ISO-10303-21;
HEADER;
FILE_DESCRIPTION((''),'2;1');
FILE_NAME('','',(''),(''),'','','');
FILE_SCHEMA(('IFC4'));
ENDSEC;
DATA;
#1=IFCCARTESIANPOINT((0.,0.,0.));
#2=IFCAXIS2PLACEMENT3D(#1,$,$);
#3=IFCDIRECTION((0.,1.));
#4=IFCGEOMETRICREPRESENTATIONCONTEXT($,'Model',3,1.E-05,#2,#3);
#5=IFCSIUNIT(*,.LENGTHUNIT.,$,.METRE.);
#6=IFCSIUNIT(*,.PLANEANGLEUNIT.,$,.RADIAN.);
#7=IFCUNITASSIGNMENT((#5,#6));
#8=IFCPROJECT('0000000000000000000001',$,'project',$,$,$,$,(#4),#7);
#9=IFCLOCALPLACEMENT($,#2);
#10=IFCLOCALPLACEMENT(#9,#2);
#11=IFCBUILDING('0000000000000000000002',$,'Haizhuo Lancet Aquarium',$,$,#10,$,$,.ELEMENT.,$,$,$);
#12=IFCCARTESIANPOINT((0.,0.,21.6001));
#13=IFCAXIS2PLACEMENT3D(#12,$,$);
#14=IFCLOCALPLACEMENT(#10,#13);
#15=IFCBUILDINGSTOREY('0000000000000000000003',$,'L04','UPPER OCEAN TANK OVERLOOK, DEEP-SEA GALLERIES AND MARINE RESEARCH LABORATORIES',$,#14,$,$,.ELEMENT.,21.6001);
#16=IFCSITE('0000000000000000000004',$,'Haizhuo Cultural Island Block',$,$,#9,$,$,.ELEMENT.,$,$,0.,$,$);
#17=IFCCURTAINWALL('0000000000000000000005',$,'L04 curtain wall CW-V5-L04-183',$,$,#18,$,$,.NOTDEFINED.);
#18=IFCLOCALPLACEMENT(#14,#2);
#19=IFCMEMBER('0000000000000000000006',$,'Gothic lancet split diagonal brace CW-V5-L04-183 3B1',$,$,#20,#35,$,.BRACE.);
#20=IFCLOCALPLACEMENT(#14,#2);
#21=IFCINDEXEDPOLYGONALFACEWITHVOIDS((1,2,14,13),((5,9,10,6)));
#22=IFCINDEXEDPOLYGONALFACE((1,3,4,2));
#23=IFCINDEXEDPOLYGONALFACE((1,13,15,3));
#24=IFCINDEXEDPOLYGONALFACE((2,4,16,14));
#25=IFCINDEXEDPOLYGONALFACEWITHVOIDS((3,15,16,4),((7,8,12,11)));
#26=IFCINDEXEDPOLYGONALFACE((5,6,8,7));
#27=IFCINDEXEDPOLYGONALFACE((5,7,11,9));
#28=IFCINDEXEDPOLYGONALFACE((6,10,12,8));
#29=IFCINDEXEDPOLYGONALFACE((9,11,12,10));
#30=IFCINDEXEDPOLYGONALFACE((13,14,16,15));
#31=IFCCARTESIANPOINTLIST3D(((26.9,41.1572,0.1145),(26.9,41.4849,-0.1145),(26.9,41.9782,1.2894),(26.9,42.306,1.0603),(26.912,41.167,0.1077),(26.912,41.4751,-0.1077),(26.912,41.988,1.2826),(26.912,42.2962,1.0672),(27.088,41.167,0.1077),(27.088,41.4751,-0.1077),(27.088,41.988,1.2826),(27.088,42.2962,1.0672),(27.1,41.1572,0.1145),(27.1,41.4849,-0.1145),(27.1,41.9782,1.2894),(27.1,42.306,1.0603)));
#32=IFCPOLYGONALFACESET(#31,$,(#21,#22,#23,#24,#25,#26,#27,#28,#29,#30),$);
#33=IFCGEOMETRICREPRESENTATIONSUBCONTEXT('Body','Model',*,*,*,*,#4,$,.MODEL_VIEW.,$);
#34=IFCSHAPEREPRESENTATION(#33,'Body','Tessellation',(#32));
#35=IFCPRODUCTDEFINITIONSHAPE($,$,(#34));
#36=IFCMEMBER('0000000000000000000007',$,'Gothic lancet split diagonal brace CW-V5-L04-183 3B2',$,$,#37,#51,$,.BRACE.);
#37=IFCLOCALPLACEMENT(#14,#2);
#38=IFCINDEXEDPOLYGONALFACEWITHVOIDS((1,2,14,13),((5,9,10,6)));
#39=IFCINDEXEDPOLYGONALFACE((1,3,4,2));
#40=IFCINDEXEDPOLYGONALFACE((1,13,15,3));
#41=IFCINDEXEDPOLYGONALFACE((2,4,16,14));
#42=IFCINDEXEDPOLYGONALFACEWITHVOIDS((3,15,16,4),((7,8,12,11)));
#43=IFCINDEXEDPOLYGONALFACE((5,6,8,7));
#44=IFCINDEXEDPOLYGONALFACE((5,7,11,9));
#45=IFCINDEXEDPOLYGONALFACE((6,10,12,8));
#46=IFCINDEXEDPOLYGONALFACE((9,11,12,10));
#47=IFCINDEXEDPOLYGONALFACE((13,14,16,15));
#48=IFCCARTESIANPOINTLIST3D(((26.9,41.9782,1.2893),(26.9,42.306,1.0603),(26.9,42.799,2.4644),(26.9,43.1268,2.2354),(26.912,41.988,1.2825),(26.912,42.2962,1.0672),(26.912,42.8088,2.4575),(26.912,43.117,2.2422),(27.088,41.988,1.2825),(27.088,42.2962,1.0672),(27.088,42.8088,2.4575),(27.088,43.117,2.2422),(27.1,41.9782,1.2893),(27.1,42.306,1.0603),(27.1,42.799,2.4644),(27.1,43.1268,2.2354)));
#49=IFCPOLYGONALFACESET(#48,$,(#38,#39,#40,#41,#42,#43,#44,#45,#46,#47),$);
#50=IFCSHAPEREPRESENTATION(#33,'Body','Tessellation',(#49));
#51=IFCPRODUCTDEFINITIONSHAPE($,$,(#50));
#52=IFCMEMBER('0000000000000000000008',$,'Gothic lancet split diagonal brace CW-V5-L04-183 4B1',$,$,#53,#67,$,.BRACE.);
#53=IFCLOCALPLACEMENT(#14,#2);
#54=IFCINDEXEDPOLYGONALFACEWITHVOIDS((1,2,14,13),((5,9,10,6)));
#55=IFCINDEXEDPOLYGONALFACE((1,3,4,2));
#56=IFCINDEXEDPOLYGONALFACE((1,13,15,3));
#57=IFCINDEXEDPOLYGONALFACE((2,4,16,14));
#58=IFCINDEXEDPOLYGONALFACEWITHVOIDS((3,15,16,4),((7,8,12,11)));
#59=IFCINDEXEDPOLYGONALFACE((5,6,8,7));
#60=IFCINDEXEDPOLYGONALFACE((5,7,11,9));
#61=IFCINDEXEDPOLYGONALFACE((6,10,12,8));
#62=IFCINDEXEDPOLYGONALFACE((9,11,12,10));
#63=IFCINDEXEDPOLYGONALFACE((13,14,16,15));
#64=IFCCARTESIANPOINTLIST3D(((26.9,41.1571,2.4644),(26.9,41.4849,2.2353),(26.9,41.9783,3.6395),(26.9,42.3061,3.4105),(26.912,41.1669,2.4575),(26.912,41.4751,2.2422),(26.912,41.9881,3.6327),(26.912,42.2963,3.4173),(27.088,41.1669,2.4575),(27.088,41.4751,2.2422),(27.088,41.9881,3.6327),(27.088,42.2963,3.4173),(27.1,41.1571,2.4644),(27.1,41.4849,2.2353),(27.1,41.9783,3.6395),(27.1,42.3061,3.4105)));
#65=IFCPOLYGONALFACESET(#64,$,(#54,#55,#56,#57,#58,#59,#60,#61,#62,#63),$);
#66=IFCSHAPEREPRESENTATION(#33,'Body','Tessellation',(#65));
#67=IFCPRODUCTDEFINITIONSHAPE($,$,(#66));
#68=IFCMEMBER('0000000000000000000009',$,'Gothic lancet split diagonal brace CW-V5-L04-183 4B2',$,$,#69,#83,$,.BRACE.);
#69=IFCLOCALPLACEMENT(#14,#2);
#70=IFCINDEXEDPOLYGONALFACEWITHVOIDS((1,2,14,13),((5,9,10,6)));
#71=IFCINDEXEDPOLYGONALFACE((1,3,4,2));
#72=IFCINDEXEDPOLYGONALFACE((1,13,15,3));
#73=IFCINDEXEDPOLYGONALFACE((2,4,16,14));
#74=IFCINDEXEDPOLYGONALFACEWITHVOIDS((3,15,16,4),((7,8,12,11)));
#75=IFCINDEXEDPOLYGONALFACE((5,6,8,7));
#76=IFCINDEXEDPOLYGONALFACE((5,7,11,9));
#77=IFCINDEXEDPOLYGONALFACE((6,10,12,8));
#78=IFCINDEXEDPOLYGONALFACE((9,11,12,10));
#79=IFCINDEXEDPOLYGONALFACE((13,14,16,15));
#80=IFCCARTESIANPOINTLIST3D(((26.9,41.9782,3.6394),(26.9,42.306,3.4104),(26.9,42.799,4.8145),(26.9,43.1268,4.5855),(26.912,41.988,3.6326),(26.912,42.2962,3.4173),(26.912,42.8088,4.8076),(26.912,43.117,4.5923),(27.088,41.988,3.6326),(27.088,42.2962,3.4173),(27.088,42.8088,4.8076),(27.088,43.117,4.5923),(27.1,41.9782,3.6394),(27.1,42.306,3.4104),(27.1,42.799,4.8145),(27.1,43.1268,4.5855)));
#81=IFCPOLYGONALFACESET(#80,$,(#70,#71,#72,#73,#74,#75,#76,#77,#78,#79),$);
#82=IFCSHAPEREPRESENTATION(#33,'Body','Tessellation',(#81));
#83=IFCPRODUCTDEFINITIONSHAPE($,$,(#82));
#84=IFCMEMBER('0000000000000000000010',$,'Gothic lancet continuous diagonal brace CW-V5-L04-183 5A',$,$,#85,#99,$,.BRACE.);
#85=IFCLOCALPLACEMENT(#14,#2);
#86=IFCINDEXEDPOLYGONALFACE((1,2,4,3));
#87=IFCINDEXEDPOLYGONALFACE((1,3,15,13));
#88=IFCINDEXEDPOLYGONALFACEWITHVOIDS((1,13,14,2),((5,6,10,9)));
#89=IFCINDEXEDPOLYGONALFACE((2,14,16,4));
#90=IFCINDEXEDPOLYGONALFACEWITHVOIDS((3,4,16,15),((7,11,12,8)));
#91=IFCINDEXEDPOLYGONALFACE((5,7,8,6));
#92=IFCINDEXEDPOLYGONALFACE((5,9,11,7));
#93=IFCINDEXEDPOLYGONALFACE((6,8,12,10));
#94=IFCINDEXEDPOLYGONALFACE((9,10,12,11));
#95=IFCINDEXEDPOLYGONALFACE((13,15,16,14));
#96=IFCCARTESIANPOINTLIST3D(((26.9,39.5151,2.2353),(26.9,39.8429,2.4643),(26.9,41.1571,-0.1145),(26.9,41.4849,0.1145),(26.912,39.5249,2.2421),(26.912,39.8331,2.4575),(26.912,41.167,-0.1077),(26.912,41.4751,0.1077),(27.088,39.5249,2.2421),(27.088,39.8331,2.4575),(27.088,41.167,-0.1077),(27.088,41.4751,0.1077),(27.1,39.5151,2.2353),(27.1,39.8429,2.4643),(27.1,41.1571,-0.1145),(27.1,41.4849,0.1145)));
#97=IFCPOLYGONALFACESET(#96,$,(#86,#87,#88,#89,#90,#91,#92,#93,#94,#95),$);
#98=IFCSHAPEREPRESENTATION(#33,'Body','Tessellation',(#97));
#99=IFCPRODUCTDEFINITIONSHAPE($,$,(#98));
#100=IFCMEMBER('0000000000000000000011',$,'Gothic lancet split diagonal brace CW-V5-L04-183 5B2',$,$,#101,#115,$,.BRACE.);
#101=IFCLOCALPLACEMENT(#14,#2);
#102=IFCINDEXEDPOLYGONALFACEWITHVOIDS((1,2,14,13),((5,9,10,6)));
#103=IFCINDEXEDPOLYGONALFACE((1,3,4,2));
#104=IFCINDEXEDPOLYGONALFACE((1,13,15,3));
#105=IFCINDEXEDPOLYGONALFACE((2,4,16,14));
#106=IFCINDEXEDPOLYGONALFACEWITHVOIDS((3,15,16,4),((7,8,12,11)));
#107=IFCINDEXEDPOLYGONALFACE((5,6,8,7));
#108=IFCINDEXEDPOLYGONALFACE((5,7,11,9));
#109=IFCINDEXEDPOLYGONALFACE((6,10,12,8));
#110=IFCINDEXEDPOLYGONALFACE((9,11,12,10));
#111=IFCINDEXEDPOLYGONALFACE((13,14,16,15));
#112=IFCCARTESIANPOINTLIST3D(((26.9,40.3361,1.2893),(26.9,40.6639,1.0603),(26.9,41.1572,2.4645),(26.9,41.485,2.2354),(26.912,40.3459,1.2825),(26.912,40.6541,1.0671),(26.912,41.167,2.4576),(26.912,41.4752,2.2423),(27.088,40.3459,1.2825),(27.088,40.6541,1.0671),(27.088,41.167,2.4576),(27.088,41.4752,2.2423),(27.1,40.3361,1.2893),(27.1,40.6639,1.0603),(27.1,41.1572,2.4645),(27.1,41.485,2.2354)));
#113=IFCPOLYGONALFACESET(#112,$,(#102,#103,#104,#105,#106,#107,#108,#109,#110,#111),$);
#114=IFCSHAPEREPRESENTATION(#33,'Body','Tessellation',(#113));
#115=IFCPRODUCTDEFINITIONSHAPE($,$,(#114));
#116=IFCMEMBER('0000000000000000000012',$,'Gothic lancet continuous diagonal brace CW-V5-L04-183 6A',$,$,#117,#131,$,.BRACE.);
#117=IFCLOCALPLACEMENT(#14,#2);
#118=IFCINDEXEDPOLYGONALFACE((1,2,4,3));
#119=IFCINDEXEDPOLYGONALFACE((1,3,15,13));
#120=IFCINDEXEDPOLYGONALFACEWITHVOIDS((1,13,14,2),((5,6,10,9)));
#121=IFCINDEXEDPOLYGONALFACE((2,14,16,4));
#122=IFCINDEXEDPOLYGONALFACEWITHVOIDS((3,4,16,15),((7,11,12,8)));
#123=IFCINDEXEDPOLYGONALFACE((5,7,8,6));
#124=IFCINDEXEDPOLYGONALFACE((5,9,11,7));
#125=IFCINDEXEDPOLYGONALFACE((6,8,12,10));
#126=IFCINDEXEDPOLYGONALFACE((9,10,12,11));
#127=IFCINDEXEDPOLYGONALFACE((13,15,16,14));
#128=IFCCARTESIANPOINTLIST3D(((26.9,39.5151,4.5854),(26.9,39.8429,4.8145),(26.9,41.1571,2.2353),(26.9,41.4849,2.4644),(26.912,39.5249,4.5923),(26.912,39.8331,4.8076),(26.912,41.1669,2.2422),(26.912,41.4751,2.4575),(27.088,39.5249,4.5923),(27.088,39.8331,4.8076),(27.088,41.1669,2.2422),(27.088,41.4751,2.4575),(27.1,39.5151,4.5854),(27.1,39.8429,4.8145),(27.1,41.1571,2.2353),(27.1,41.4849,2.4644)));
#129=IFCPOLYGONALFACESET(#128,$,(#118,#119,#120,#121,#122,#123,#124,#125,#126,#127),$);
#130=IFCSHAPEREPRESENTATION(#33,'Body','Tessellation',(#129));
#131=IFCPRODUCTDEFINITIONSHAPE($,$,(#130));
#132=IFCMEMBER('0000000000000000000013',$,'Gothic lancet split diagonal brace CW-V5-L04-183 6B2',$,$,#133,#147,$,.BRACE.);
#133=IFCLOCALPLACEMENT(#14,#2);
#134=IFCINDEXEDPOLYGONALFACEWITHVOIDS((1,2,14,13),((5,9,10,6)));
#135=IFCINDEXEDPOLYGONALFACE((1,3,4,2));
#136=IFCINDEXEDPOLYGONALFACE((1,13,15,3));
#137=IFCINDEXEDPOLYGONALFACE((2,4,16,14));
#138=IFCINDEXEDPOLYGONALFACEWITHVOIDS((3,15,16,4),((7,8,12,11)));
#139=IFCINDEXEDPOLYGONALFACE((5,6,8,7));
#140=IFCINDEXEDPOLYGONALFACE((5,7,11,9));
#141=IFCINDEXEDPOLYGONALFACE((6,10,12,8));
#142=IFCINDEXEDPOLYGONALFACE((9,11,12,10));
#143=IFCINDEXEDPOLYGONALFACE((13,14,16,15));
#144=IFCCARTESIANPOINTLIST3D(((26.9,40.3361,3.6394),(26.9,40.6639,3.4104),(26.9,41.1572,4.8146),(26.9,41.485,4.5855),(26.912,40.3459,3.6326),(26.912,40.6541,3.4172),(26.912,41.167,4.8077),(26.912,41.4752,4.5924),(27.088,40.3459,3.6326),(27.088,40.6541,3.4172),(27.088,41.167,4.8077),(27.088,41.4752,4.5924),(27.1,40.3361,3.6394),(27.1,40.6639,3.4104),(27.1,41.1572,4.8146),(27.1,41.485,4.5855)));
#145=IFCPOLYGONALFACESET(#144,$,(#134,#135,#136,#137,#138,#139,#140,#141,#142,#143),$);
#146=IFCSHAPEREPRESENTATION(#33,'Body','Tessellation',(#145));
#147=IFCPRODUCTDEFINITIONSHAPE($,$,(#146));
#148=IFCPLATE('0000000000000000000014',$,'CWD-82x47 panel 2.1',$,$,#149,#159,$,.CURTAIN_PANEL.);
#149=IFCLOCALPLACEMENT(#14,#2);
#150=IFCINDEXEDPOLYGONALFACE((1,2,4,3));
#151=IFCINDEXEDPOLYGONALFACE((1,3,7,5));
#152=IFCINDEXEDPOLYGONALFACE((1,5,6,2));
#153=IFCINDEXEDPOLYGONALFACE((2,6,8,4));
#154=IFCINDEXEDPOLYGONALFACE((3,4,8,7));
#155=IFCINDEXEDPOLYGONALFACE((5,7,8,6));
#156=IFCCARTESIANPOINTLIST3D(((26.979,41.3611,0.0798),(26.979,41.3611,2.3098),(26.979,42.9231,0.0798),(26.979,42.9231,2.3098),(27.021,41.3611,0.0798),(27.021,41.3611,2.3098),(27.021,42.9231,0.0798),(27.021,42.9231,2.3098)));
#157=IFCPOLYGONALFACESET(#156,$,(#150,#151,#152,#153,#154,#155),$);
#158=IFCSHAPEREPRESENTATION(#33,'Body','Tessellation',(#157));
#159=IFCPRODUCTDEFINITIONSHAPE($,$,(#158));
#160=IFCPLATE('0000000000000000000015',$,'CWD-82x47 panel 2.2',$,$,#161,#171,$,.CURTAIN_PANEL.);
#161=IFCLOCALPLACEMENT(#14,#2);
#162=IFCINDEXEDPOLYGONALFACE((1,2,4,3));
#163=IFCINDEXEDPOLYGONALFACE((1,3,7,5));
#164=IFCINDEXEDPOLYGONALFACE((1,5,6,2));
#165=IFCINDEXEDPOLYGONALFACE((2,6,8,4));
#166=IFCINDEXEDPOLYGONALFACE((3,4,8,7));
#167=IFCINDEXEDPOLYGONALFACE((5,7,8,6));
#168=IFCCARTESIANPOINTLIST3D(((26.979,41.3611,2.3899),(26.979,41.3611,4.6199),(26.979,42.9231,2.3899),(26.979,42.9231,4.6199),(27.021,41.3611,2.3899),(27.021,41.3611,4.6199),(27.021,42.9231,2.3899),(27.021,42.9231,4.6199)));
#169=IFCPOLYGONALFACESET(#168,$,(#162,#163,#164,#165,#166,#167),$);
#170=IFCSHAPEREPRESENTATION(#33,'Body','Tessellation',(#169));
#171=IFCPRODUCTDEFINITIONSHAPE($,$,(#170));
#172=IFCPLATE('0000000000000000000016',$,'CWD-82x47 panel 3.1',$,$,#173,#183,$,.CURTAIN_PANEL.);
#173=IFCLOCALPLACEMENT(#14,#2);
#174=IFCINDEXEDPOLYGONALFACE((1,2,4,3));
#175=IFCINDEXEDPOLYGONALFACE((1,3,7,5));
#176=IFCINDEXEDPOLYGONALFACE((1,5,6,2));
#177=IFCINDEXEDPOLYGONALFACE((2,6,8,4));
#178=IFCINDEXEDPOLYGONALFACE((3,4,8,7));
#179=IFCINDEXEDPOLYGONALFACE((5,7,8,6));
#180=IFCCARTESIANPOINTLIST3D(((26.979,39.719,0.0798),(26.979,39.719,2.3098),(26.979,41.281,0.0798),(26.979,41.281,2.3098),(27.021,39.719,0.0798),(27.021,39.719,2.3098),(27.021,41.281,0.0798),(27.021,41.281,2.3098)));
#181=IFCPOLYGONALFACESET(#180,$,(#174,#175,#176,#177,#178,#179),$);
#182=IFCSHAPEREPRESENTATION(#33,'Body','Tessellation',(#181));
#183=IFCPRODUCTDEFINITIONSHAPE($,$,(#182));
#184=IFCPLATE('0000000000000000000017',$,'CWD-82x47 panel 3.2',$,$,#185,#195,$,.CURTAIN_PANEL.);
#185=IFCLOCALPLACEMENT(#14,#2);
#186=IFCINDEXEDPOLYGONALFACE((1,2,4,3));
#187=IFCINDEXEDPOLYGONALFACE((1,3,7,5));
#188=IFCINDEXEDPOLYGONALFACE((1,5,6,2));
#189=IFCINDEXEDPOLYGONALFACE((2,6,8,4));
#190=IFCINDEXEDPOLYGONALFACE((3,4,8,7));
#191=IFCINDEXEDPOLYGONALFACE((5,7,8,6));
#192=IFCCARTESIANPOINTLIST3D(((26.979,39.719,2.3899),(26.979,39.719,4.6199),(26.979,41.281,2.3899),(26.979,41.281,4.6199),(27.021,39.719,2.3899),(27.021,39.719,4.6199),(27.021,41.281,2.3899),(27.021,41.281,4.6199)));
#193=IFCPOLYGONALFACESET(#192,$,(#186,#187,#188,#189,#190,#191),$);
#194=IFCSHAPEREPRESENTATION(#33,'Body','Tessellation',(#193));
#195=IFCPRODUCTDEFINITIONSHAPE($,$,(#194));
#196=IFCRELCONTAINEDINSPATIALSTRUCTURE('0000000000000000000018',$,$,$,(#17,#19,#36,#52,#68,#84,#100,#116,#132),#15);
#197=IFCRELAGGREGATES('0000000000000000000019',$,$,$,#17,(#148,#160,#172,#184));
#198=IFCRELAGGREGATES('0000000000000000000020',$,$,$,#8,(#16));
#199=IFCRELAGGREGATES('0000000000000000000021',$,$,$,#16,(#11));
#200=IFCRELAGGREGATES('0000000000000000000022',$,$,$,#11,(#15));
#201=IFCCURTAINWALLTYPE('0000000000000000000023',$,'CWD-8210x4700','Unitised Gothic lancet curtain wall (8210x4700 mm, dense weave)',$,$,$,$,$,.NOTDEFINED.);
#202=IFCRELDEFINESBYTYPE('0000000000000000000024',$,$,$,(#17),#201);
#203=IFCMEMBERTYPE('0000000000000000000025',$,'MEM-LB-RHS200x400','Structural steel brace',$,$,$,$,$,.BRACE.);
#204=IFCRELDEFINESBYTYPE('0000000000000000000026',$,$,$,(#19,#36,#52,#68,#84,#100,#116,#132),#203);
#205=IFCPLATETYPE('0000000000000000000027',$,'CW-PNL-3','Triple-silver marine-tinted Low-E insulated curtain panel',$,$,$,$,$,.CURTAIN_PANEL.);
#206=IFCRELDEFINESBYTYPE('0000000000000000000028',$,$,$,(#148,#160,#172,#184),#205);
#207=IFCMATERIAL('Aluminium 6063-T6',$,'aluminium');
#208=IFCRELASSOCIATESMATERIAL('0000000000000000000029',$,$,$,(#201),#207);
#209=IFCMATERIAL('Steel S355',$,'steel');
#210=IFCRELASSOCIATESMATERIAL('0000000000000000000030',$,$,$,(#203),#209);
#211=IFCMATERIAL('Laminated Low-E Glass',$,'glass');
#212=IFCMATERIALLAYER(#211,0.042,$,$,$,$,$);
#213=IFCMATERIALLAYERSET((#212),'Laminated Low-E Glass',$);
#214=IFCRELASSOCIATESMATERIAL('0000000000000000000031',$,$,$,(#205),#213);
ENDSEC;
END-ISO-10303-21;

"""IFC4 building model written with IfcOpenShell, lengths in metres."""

from ifc_helpers import new_model, si_unit, direction, frame, origin, origin_2d, place, context, subcontext, project, spatial, rectangle, hollow_rectangle, extrude, material, layer, layer_set, material_profile, profile_set, type_object, element, aggregate, save


model = new_model("IFC4")

# Units and contexts
model_context = context("Model", 3, precision=1e-05, world=origin(), true_north=direction((0.0, 1.0)))
body_context = subcontext(model_context, "Body", "Model", "MODEL_VIEW")
ifc_project = project(units=[si_unit("LENGTHUNIT", "METRE"), si_unit("PLANEANGLEUNIT", "RADIAN")], contexts=[model_context])

# Site, building, storey
site_placement = place(None, origin())
site = spatial("IfcSite", under=ifc_project, at=site_placement, Name="Haizhuo Cultural Island Block", CompositionType="ELEMENT", RefElevation=0.0)
building_placement = place(site_placement, origin())
building = spatial("IfcBuilding", under=site, at=building_placement, Name="Haizhuo Lancet Aquarium", CompositionType="ELEMENT")
storey_placement = place(building_placement, frame((0.0, 0.0, 21.6001)))
storey = spatial("IfcBuildingStorey", under=building, at=storey_placement, Name="L04", Description="UPPER OCEAN TANK OVERLOOK, DEEP-SEA GALLERIES AND MARINE RESEARCH LABORATORIES", CompositionType="ELEMENT", Elevation=21.6001)

# Curtain wall
ifc_material_1 = material(Name="Aluminium 6063-T6", Category="aluminium")
curtain_wall_type = type_object("IfcCurtainWallType", Name="CWD-8210x4700", Description="Unitised Gothic lancet curtain wall (8210x4700 mm, dense weave)", PredefinedType="NOTDEFINED", material=ifc_material_1)
curtain_wall_placement = place(storey_placement, origin())
curtain_wall = element("IfcCurtainWall", 1, at=curtain_wall_placement, inside=storey, type_object=curtain_wall_type, Name="L04 curtain wall CW-V5-L04-183", PredefinedType="NOTDEFINED")

# Members
ifc_material_2 = material(Name="Steel S355", Category="steel")
ifc_material_profile_1 = material_profile(ifc_material_2, hollow_rectangle(XDim=0.2, YDim=0.3999, WallThickness=0.012, at=origin_2d()), Name="RHS 200x400x12")
ifc_profile_set_1 = profile_set([ifc_material_profile_1], Name="Steel S355")
member_type_1 = type_object("IfcMemberType", Name="MEM-LB-RHS200x400", Description="Structural steel brace", PredefinedType="BRACE", material=ifc_profile_set_1)
for number, where, z_axis, x_axis, name in (
    (2, (27.0, 41.321, 0.0), (0.0, 0.572845, 0.819664), (-1.0, 0.0, 0.0), "Gothic lancet split diagonal brace CW-V5-L04-183 3B1"),
    (3, (27.0, 42.1421, 1.1748), (0.0, 0.57265, 0.8198), (-1.0, 0.0, 0.0), "Gothic lancet split diagonal brace CW-V5-L04-183 3B2"),
):
    element("IfcMember", number, at=place(storey_placement, frame(where, z_axis=z_axis, x_axis=x_axis)), inside=storey, type_object=member_type_1, Name=name, PredefinedType="BRACE", context=body_context, shape_type="SweptSolid", body=[
        extrude(hollow_rectangle(XDim=0.2, YDim=0.3999, WallThickness=0.012, at=origin_2d()), origin(), (0.0, 0.0, 1.0), 1.4333),
    ])
member_1_placement = place(storey_placement, frame((27.0, 41.321, 2.3499), z_axis=(0.0, 0.572765, 0.81972), x_axis=(-1.0, 0.0, 0.0)))
element("IfcMember", 4, at=member_1_placement, inside=storey, type_object=member_type_1, Name="Gothic lancet split diagonal brace CW-V5-L04-183 4B1", PredefinedType="BRACE", context=body_context, shape_type="SweptSolid", body=[
    extrude(hollow_rectangle(XDim=0.2, YDim=0.3999, WallThickness=0.012, at=origin_2d()), origin(), (0.0, 0.0, 1.0), 1.4336),
])
member_2_placement = place(storey_placement, frame((27.0, 42.1421, 3.5249), z_axis=(0.0, 0.57265, 0.8198), x_axis=(-1.0, 0.0, 0.0)))
element("IfcMember", 5, at=member_2_placement, inside=storey, type_object=member_type_1, Name="Gothic lancet split diagonal brace CW-V5-L04-183 4B2", PredefinedType="BRACE", context=body_context, shape_type="SweptSolid", body=[
    extrude(hollow_rectangle(XDim=0.2, YDim=0.3999, WallThickness=0.012, at=origin_2d()), origin(), (0.0, 0.0, 1.0), 1.4333),
])
member_3_placement = place(storey_placement, frame((27.0, 41.321, 0.0), z_axis=(0.0, -0.572805, 0.819692), x_axis=(1.0, 0.0, 0.0)))
element("IfcMember", 6, at=member_3_placement, inside=storey, type_object=member_type_1, Name="Gothic lancet continuous diagonal brace CW-V5-L04-183 5A", PredefinedType="BRACE", context=body_context, shape_type="SweptSolid", body=[
    extrude(hollow_rectangle(XDim=0.2, YDim=0.3999, WallThickness=0.012, at=origin_2d()), origin(), (0.0, 0.0, 1.0), 2.8667),
])
member_4_placement = place(storey_placement, frame((27.0, 40.5, 1.1748), z_axis=(0.0, 0.572765, 0.81972), x_axis=(-1.0, 0.0, 0.0)))
element("IfcMember", 7, at=member_4_placement, inside=storey, type_object=member_type_1, Name="Gothic lancet split diagonal brace CW-V5-L04-183 5B2", PredefinedType="BRACE", context=body_context, shape_type="SweptSolid", body=[
    extrude(hollow_rectangle(XDim=0.2, YDim=0.3999, WallThickness=0.012, at=origin_2d()), origin(), (0.0, 0.0, 1.0), 1.4336),
])
member_5_placement = place(storey_placement, frame((27.0, 41.321, 2.3499), z_axis=(0.0, -0.572765, 0.81972), x_axis=(1.0, 0.0, 0.0)))
element("IfcMember", 8, at=member_5_placement, inside=storey, type_object=member_type_1, Name="Gothic lancet continuous diagonal brace CW-V5-L04-183 6A", PredefinedType="BRACE", context=body_context, shape_type="SweptSolid", body=[
    extrude(hollow_rectangle(XDim=0.2, YDim=0.3999, WallThickness=0.012, at=origin_2d()), origin(), (0.0, 0.0, 1.0), 2.8669),
])
member_6_placement = place(storey_placement, frame((27.0, 40.5, 3.5249), z_axis=(0.0, 0.572765, 0.81972), x_axis=(-1.0, 0.0, 0.0)))
element("IfcMember", 9, at=member_6_placement, inside=storey, type_object=member_type_1, Name="Gothic lancet split diagonal brace CW-V5-L04-183 6B2", PredefinedType="BRACE", context=body_context, shape_type="SweptSolid", body=[
    extrude(hollow_rectangle(XDim=0.2, YDim=0.3999, WallThickness=0.012, at=origin_2d()), origin(), (0.0, 0.0, 1.0), 1.4336),
])

# Plates
ifc_material_3 = material(Name="Laminated Low-E Glass", Category="glass")
ifc_layer = layer(ifc_material_3, 0.042)
ifc_layer_set = layer_set([ifc_layer], Name="Laminated Low-E Glass")
plate_type = type_object("IfcPlateType", Name="CW-PNL-3", Description="Triple-silver marine-tinted Low-E insulated curtain panel", PredefinedType="CURTAIN_PANEL", material=ifc_layer_set)
plate_1_placement = place(storey_placement, frame((27.0, 42.1421, 0.0798), z_axis=(0.0, 0.0, 1.0), x_axis=(0.0, -1.0, 0.0)))
plate_1 = element("IfcPlate", 10, at=plate_1_placement, type_object=plate_type, Name="CWD-82x47 panel 2.1", PredefinedType="CURTAIN_PANEL", context=body_context, shape_type="SweptSolid", body=[
    extrude(rectangle(XDim=1.562, YDim=0.042, at=origin_2d()), origin(), (0.0, 0.0, 1.0), 2.23),
])
plate_2_placement = place(storey_placement, frame((27.0, 42.1421, 2.3899), z_axis=(0.0, 0.0, 1.0), x_axis=(0.0, -1.0, 0.0)))
plate_2 = element("IfcPlate", 11, at=plate_2_placement, type_object=plate_type, Name="CWD-82x47 panel 2.2", PredefinedType="CURTAIN_PANEL", context=body_context, shape_type="SweptSolid", body=[
    extrude(rectangle(XDim=1.562, YDim=0.042, at=origin_2d()), origin(), (0.0, 0.0, 1.0), 2.23),
])
plate_3_placement = place(storey_placement, frame((27.0, 40.5, 0.0798), z_axis=(0.0, 0.0, 1.0), x_axis=(0.0, -1.0, 0.0)))
plate_3 = element("IfcPlate", 12, at=plate_3_placement, type_object=plate_type, Name="CWD-82x47 panel 3.1", PredefinedType="CURTAIN_PANEL", context=body_context, shape_type="SweptSolid", body=[
    extrude(rectangle(XDim=1.562, YDim=0.042, at=origin_2d()), origin(), (0.0, 0.0, 1.0), 2.23),
])
plate_4_placement = place(storey_placement, frame((27.0, 40.5, 2.3899), z_axis=(0.0, 0.0, 1.0), x_axis=(0.0, -1.0, 0.0)))
plate_4 = element("IfcPlate", 13, at=plate_4_placement, type_object=plate_type, Name="CWD-82x47 panel 3.2", PredefinedType="CURTAIN_PANEL", context=body_context, shape_type="SweptSolid", body=[
    extrude(rectangle(XDim=1.562, YDim=0.042, at=origin_2d()), origin(), (0.0, 0.0, 1.0), 2.23),
])
aggregate(curtain_wall, [plate_1, plate_2, plate_3, plate_4])

save(model, "model.ifc")
